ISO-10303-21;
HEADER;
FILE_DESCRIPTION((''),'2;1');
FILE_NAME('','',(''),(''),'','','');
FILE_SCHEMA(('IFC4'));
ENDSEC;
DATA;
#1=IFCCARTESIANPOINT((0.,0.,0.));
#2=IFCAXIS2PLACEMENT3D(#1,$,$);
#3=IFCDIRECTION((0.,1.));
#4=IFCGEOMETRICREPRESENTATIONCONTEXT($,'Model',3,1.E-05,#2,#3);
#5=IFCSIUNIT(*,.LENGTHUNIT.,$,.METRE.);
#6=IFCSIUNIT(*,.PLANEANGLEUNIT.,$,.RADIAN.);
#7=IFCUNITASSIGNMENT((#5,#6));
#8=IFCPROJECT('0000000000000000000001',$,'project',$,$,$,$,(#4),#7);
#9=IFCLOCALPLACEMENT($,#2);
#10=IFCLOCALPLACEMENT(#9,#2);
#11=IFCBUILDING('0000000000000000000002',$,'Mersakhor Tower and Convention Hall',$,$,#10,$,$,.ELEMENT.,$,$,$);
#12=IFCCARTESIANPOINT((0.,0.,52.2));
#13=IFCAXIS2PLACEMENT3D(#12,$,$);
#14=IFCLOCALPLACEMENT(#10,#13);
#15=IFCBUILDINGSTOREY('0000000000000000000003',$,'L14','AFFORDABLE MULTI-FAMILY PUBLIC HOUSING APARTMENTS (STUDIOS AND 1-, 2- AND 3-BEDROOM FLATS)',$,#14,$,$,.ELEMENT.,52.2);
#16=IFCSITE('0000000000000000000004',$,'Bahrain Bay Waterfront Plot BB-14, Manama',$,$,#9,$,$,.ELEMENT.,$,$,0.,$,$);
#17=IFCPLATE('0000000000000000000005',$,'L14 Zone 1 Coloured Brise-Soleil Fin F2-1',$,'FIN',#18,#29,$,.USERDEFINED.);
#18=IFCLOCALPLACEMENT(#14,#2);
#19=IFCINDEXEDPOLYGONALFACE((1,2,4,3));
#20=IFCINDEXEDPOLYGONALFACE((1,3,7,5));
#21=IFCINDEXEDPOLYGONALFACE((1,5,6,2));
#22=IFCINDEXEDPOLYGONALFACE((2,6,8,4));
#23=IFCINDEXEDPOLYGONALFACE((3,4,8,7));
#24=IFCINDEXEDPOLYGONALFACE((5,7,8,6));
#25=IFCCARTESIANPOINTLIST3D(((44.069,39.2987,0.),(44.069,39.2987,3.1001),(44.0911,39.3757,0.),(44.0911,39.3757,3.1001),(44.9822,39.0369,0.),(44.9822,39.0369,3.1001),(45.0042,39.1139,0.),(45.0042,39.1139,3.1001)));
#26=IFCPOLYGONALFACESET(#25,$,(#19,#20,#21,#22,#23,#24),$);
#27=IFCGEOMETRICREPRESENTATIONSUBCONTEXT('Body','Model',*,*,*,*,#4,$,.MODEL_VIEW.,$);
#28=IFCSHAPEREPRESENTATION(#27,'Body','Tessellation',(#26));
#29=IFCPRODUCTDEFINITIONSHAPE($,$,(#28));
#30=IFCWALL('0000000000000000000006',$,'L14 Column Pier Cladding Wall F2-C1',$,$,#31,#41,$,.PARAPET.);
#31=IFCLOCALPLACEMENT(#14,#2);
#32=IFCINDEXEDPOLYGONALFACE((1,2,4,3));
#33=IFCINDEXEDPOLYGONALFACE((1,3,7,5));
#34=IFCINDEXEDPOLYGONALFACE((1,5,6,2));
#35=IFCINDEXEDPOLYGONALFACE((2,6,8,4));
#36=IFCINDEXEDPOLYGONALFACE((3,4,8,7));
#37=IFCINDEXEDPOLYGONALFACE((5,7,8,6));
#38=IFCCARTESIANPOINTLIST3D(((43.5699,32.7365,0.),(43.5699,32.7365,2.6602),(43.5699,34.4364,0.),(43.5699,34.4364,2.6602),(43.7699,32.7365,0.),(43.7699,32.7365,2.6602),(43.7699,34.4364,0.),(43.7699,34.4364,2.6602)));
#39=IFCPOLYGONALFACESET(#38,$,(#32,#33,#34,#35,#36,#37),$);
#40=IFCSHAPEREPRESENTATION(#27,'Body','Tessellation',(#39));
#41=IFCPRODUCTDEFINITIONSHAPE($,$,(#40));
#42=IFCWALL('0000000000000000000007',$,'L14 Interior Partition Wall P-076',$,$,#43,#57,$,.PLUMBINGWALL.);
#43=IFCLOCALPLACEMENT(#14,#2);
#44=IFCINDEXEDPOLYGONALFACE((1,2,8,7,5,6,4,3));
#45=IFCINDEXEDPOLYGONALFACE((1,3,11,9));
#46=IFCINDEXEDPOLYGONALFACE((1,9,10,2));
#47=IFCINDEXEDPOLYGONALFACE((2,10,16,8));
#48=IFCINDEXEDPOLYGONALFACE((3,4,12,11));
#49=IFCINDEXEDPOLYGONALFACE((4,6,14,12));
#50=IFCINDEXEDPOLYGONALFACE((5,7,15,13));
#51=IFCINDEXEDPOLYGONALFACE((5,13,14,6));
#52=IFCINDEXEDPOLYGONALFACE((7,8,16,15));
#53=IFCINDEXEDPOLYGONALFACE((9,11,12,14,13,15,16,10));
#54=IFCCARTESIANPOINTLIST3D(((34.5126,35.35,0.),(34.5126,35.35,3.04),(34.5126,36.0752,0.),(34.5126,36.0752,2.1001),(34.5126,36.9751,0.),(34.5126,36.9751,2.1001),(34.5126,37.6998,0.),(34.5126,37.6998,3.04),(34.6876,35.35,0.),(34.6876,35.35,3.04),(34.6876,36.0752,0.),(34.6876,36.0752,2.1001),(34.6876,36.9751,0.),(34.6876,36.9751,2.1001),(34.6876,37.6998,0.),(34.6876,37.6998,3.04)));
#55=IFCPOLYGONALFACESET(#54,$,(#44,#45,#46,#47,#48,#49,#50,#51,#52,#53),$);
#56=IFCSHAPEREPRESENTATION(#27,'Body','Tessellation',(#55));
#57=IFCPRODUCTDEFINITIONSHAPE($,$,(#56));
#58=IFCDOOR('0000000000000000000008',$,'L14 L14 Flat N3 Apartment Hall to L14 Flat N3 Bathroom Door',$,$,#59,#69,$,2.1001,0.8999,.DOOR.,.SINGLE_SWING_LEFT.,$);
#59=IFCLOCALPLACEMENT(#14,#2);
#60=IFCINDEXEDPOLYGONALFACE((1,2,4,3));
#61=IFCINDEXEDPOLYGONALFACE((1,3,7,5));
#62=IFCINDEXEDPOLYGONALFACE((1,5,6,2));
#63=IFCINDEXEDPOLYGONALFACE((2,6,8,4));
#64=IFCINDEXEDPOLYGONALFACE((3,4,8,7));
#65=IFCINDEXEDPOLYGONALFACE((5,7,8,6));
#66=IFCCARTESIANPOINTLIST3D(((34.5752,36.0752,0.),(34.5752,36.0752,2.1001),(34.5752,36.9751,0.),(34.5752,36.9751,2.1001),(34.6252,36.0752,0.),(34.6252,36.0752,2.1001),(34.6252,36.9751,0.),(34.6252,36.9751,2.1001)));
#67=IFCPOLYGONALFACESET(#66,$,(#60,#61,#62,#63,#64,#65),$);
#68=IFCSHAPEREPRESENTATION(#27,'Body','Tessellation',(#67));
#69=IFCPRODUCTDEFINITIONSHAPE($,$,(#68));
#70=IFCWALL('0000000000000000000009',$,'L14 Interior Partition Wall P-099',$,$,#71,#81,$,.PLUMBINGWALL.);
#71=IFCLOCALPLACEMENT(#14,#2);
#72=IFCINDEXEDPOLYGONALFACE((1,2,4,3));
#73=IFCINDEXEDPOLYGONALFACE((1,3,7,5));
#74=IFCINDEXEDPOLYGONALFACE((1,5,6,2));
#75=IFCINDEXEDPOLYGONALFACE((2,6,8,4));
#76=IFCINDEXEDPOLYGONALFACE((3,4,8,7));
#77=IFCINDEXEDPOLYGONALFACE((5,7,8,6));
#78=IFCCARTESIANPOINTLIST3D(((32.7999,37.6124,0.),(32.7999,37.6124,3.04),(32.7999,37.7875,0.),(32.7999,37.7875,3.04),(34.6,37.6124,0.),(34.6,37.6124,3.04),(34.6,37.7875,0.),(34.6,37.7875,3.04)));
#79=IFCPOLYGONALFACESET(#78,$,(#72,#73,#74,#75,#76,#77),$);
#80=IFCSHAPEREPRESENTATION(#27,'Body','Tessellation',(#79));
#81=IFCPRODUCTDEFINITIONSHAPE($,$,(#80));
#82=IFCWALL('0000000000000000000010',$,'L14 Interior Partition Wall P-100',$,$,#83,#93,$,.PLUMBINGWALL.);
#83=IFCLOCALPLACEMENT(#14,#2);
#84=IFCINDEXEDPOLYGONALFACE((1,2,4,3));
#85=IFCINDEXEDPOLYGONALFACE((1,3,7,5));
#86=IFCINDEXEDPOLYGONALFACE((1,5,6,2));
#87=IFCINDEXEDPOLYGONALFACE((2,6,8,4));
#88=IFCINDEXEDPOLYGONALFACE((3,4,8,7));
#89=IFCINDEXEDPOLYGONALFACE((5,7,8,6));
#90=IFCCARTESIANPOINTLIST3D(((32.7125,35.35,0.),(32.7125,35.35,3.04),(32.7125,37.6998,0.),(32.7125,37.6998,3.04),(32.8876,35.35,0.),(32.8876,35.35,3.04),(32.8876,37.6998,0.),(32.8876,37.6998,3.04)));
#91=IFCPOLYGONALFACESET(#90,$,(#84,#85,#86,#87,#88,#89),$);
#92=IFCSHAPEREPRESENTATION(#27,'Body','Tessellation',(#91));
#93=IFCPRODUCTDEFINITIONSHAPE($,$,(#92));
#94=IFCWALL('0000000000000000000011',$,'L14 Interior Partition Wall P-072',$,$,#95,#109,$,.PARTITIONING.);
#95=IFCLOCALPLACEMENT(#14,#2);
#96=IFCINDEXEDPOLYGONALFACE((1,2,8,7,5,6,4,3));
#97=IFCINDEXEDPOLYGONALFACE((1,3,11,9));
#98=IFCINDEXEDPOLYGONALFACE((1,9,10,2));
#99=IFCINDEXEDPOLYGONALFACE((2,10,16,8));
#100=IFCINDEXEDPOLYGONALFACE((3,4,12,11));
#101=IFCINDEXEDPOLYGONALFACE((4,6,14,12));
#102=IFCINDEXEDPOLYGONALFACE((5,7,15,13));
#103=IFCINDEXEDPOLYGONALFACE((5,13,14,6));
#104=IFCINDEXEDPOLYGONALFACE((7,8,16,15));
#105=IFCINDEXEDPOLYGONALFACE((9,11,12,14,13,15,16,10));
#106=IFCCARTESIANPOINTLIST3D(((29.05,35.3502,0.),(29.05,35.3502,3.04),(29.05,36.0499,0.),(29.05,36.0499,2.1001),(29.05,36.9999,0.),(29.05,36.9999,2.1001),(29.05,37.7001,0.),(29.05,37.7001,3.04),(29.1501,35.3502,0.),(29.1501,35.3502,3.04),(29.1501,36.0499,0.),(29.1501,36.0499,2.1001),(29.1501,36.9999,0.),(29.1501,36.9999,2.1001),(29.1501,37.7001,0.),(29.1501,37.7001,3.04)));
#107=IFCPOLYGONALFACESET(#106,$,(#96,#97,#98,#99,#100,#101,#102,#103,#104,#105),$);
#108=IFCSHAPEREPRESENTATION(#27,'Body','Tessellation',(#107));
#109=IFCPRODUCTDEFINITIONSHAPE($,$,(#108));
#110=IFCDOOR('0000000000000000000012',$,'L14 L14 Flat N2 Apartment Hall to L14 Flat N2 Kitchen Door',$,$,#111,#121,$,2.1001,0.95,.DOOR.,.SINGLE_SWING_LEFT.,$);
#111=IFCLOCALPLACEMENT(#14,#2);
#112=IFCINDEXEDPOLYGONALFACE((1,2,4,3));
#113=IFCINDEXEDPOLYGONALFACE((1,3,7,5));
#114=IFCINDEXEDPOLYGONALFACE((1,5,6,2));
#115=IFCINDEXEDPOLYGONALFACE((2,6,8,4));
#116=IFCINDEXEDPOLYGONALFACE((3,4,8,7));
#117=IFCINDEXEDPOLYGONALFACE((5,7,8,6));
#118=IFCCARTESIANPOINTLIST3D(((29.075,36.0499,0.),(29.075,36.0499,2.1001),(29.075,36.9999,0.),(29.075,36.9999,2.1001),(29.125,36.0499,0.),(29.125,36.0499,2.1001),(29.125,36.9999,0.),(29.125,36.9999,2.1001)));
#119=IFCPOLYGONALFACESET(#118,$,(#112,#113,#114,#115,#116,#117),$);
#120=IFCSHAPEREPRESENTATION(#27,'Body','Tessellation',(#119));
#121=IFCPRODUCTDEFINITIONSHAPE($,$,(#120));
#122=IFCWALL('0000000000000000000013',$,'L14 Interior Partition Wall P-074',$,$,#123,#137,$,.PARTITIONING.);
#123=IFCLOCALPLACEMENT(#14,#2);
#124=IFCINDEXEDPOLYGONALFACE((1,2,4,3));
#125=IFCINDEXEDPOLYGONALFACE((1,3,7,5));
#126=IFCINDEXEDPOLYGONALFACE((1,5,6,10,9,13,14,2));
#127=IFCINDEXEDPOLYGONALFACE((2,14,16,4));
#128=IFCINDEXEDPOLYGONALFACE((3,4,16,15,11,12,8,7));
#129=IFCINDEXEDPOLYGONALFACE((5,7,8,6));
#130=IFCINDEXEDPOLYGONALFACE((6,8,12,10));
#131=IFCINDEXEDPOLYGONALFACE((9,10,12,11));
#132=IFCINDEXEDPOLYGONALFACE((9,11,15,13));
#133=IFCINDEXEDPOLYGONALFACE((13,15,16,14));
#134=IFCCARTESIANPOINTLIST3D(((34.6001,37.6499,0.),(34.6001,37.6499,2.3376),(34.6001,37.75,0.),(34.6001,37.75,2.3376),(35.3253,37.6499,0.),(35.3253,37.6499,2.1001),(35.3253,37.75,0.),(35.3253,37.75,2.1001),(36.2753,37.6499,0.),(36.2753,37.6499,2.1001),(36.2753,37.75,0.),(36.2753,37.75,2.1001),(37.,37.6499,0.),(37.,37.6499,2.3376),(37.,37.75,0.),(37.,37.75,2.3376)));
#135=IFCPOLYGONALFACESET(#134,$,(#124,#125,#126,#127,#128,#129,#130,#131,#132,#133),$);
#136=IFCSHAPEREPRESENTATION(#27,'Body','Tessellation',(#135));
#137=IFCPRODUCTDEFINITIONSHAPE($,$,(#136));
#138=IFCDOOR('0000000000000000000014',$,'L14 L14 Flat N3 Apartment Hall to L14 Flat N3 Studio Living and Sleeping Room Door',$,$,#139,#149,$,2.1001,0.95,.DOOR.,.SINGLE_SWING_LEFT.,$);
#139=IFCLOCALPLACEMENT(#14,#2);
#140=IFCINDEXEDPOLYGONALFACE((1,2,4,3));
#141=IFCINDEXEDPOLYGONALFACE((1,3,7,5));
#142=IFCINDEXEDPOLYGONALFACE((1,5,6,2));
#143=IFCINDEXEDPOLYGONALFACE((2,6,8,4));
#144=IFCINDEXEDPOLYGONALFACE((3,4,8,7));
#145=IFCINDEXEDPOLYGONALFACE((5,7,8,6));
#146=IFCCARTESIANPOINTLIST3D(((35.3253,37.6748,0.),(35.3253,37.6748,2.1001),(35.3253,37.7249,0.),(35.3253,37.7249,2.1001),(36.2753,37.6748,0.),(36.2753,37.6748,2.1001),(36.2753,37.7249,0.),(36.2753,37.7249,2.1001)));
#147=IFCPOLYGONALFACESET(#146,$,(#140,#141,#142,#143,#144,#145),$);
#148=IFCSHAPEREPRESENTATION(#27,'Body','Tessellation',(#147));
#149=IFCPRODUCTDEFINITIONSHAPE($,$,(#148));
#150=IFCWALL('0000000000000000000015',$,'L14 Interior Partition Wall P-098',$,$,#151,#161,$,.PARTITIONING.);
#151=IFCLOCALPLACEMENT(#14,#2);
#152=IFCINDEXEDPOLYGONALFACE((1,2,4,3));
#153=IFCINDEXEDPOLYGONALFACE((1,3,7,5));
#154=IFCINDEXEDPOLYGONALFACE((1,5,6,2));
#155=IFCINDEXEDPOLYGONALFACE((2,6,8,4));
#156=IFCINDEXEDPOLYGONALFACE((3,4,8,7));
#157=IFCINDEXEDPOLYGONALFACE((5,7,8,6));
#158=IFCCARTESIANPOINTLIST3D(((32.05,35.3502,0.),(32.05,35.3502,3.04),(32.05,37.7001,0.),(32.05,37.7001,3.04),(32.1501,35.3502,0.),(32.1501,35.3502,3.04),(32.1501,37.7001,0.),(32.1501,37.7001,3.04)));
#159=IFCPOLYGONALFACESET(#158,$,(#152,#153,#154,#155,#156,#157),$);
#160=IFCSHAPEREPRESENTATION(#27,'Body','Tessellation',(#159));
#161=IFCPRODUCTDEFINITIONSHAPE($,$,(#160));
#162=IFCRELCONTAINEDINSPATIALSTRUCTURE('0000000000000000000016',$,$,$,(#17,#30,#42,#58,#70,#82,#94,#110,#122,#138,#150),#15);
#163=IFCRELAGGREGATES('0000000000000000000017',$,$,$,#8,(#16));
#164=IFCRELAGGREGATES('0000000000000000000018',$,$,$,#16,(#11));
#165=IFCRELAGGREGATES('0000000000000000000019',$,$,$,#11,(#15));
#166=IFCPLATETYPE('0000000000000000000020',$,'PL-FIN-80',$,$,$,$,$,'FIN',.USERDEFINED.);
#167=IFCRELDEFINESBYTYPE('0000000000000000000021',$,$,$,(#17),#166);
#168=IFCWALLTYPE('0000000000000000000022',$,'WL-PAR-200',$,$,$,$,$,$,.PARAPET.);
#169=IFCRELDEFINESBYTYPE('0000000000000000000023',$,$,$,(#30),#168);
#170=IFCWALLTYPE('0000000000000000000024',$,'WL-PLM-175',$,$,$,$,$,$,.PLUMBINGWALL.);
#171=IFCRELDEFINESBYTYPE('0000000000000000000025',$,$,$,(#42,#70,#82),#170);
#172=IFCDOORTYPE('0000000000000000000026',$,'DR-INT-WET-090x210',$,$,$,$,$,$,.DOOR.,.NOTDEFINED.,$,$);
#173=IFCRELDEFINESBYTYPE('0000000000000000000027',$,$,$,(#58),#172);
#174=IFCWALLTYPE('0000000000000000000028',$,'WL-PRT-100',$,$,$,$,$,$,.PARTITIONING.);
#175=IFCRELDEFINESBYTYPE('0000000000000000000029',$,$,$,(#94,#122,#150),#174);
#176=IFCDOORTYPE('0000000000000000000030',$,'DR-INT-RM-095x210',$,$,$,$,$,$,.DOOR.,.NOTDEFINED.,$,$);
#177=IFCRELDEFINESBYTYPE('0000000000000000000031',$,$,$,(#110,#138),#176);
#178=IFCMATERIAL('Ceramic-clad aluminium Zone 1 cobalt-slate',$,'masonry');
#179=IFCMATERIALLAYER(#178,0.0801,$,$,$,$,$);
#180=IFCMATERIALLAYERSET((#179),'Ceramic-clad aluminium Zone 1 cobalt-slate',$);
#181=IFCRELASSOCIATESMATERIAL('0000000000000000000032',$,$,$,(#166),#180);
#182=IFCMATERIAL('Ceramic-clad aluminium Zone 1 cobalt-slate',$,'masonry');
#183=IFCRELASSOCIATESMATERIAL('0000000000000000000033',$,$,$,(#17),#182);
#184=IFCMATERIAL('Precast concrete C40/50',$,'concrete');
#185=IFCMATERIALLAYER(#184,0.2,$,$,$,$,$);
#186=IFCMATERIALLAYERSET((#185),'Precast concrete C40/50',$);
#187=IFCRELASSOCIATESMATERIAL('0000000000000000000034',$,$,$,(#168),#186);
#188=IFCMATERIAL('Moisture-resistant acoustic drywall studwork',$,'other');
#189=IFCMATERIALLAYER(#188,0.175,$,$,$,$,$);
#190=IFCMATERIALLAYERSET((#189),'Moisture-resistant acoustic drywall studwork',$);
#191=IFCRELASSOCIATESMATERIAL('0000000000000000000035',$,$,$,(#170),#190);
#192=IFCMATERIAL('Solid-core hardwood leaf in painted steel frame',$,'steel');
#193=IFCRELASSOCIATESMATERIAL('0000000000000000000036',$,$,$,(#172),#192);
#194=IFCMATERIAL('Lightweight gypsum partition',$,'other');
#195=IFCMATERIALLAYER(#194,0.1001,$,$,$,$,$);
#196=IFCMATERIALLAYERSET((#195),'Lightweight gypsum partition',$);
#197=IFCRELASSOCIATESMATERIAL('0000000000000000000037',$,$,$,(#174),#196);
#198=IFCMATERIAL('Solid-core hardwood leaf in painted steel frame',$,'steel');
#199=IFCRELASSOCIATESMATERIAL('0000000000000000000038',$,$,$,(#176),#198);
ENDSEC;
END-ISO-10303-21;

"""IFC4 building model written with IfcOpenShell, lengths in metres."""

from ifc_helpers import new_model, si_unit, direction, frame, frame_2d, origin, origin_2d, place, context, subcontext, project, spatial, rectangle, extrude, material, layer, layer_set, type_object, element, fill, save


model = new_model("IFC4")

# Units and contexts
model_context = context("Model", 3, precision=1e-05, world=origin(), true_north=direction((0.0, 1.0)))
body_context = subcontext(model_context, "Body", "Model", "MODEL_VIEW")
ifc_project = project(units=[si_unit("LENGTHUNIT", "METRE"), si_unit("PLANEANGLEUNIT", "RADIAN")], contexts=[model_context])

# Site, building, storey
site_placement = place(None, origin())
site = spatial("IfcSite", under=ifc_project, at=site_placement, Name="Bahrain Bay Waterfront Plot BB-14, Manama", CompositionType="ELEMENT", RefElevation=0.0)
building_placement = place(site_placement, origin())
building = spatial("IfcBuilding", under=site, at=building_placement, Name="Mersakhor Tower and Convention Hall", CompositionType="ELEMENT")
storey_placement = place(building_placement, frame((0.0, 0.0, 52.2)))
storey = spatial("IfcBuildingStorey", under=building, at=storey_placement, Name="L14", Description="AFFORDABLE MULTI-FAMILY PUBLIC HOUSING APARTMENTS (STUDIOS AND 1-, 2- AND 3-BEDROOM FLATS)", CompositionType="ELEMENT", Elevation=52.2)

# Plate
ifc_material_1 = material(Name="Ceramic-clad aluminium Zone 1 cobalt-slate", Category="masonry")
ifc_material_2 = material(Name="Ceramic-clad aluminium Zone 1 cobalt-slate", Category="masonry")
ifc_layer_1 = layer(ifc_material_2, 0.0801)
ifc_layer_set_1 = layer_set([ifc_layer_1], Name="Ceramic-clad aluminium Zone 1 cobalt-slate")
plate_type = type_object("IfcPlateType", Name="PL-FIN-80", ElementType="FIN", PredefinedType="USERDEFINED", material=ifc_layer_set_1)
plate_placement = place(storey_placement, frame((44.5366, 39.2063, 0.0), z_axis=(0.0, 0.0, 1.0), x_axis=(0.961262, -0.275637, 0.0)))
element("IfcPlate", 1, at=plate_placement, inside=storey, type_object=plate_type, material=ifc_material_1, Name="L14 Zone 1 Coloured Brise-Soleil Fin F2-1", ObjectType="FIN", PredefinedType="USERDEFINED", context=body_context, shape_type="SweptSolid", body=[
    extrude(rectangle(XDim=0.95, YDim=0.0801, at=origin_2d()), origin(), (0.0, 0.0, 1.0), 3.1001),
])

# Wall
ifc_material_3 = material(Name="Precast concrete C40/50", Category="concrete")
ifc_layer_2 = layer(ifc_material_3, 0.2)
ifc_layer_set_2 = layer_set([ifc_layer_2], Name="Precast concrete C40/50")
wall_type_1 = type_object("IfcWallType", Name="WL-PAR-200", PredefinedType="PARAPET", material=ifc_layer_set_2)
wall_1_placement = place(storey_placement, frame((43.6699, 34.4365, 0.0), z_axis=(0.0, 0.0, 1.0), x_axis=(0.0, -1.0, 0.0)))
element("IfcWall", 2, at=wall_1_placement, inside=storey, type_object=wall_type_1, Name="L14 Column Pier Cladding Wall F2-C1", PredefinedType="PARAPET", context=body_context, shape_type="SweptSolid", body=[
    extrude(rectangle(XDim=1.7, YDim=0.2, at=frame_2d((0.8501, 0.0))), origin(), (0.0, 0.0, 1.0), 2.6602),
])

# Wall, opening, door
ifc_material_4 = material(Name="Moisture-resistant acoustic drywall studwork", Category="other")
ifc_layer_3 = layer(ifc_material_4, 0.175)
ifc_layer_set_3 = layer_set([ifc_layer_3], Name="Moisture-resistant acoustic drywall studwork")
wall_type_2 = type_object("IfcWallType", Name="WL-PLM-175", PredefinedType="PLUMBINGWALL", material=ifc_layer_set_3)
wall_2_placement = place(storey_placement, frame((34.6001, 35.3501, 0.0), z_axis=(0.0, 0.0, 1.0), x_axis=(0.0, 1.0, 0.0)))
wall_2 = element("IfcWall", 3, at=wall_2_placement, inside=storey, type_object=wall_type_2, Name="L14 Interior Partition Wall P-076", PredefinedType="PLUMBINGWALL", context=body_context, shape_type="SweptSolid", body=[
    extrude(rectangle(XDim=2.3499, YDim=0.175, at=frame_2d((1.1748, 0.0))), origin(), (0.0, 0.0, 1.0), 3.04),
])
opening_1_placement = place(wall_2_placement, frame((0.7251, 0.0, 0.0)))
opening_1 = element("IfcOpeningElement", 4, at=opening_1_placement, cuts=wall_2, PredefinedType="OPENING", context=body_context, shape_type="SweptSolid", body=[
    extrude(rectangle(XDim=0.8999, YDim=2.1001, at=frame_2d((0.45, 1.05))), frame((0.0, 0.0974, 0.0), z_axis=(0.0, -1.0, 0.0), x_axis=(1.0, 0.0, 0.0)), (0.0, 0.0, 1.0), 0.1951),
])
ifc_material_5 = material(Name="Solid-core hardwood leaf in painted steel frame", Category="steel")
door_type_1 = type_object("IfcDoorType", Name="DR-INT-WET-090x210", OperationType="NOTDEFINED", PredefinedType="DOOR", material=ifc_material_5)
door_1_placement = place(opening_1_placement, origin())
door_1 = element("IfcDoor", 5, at=door_1_placement, inside=storey, type_object=door_type_1, Name="L14 L14 Flat N3 Apartment Hall to L14 Flat N3 Bathroom Door", OperationType="SINGLE_SWING_LEFT", OverallHeight=2.1001, OverallWidth=0.8999, PredefinedType="DOOR", context=body_context, shape_type="SweptSolid", body=[
    extrude(rectangle(XDim=0.8999, YDim=2.1001, at=frame_2d((0.45, 1.05))), frame((0.0, 0.0249, 0.0), z_axis=(0.0, -1.0, 0.0), x_axis=(1.0, 0.0, 0.0)), (0.0, 0.0, 1.0), 0.05),
])
fill(opening_1, door_1)

# Walls
wall_3_placement = place(storey_placement, frame((32.8, 37.7, 0.0), z_axis=(0.0, 0.0, 1.0), x_axis=(1.0, 0.0, 0.0)))
element("IfcWall", 6, at=wall_3_placement, inside=storey, type_object=wall_type_2, Name="L14 Interior Partition Wall P-099", PredefinedType="PLUMBINGWALL", context=body_context, shape_type="SweptSolid", body=[
    extrude(rectangle(XDim=1.8, YDim=0.175, at=frame_2d((0.8999, 0.0))), origin(), (0.0, 0.0, 1.0), 3.04),
])
wall_4_placement = place(storey_placement, frame((32.8, 35.3501, 0.0), z_axis=(0.0, 0.0, 1.0), x_axis=(0.0, 1.0, 0.0)))
element("IfcWall", 7, at=wall_4_placement, inside=storey, type_object=wall_type_2, Name="L14 Interior Partition Wall P-100", PredefinedType="PLUMBINGWALL", context=body_context, shape_type="SweptSolid", body=[
    extrude(rectangle(XDim=2.3499, YDim=0.175, at=frame_2d((1.1748, 0.0))), origin(), (0.0, 0.0, 1.0), 3.04),
])

# Walls, openings, doors
ifc_material_6 = material(Name="Lightweight gypsum partition", Category="other")
ifc_layer_4 = layer(ifc_material_6, 0.1001)
ifc_layer_set_4 = layer_set([ifc_layer_4], Name="Lightweight gypsum partition")
wall_type_3 = type_object("IfcWallType", Name="WL-PRT-100", PredefinedType="PARTITIONING", material=ifc_layer_set_4)
wall_5_placement = place(storey_placement, frame((29.1001, 37.7, 0.0), z_axis=(0.0, 0.0, 1.0), x_axis=(0.0, -1.0, 0.0)))
wall_5 = element("IfcWall", 8, at=wall_5_placement, inside=storey, type_object=wall_type_3, Name="L14 Interior Partition Wall P-072", PredefinedType="PARTITIONING", context=body_context, shape_type="SweptSolid", body=[
    extrude(rectangle(XDim=2.3499, YDim=0.1001, at=frame_2d((1.1748, 0.0))), origin(), (0.0, 0.0, 1.0), 3.04),
])
opening_2_placement = place(wall_5_placement, frame((0.7, 0.0, 0.0)))
opening_2 = element("IfcOpeningElement", 9, at=opening_2_placement, cuts=wall_5, PredefinedType="OPENING", context=body_context, shape_type="SweptSolid", body=[
    extrude(rectangle(XDim=0.95, YDim=2.1001, at=frame_2d((0.4751, 1.05))), frame((0.0, 0.0601, 0.0), z_axis=(0.0, -1.0, 0.0), x_axis=(1.0, 0.0, 0.0)), (0.0, 0.0, 1.0), 0.1201),
])
ifc_material_7 = material(Name="Solid-core hardwood leaf in painted steel frame", Category="steel")
door_type_2 = type_object("IfcDoorType", Name="DR-INT-RM-095x210", OperationType="NOTDEFINED", PredefinedType="DOOR", material=ifc_material_7)
door_2_placement = place(opening_2_placement, origin())
door_2 = element("IfcDoor", 10, at=door_2_placement, inside=storey, type_object=door_type_2, Name="L14 L14 Flat N2 Apartment Hall to L14 Flat N2 Kitchen Door", OperationType="SINGLE_SWING_LEFT", OverallHeight=2.1001, OverallWidth=0.95, PredefinedType="DOOR", context=body_context, shape_type="SweptSolid", body=[
    extrude(rectangle(XDim=0.95, YDim=2.1001, at=frame_2d((0.4751, 1.05))), frame((0.0, 0.0249, 0.0), z_axis=(0.0, -1.0, 0.0), x_axis=(1.0, 0.0, 0.0)), (0.0, 0.0, 1.0), 0.05),
])
fill(opening_2, door_2)
wall_6_placement = place(storey_placement, frame((34.6001, 37.7, 0.0), z_axis=(0.0, 0.0, 1.0), x_axis=(1.0, 0.0, 0.0)))
wall_6 = element("IfcWall", 11, at=wall_6_placement, inside=storey, type_object=wall_type_3, Name="L14 Interior Partition Wall P-074", PredefinedType="PARTITIONING", context=body_context, shape_type="SweptSolid", body=[
    extrude(rectangle(XDim=2.3999, YDim=0.1001, at=frame_2d((1.2, 0.0))), origin(), (0.0, 0.0, 1.0), 2.3376),
])
opening_3_placement = place(wall_6_placement, frame((0.7251, 0.0, 0.0)))
opening_3 = element("IfcOpeningElement", 12, at=opening_3_placement, cuts=wall_6, PredefinedType="OPENING", context=body_context, shape_type="SweptSolid", body=[
    extrude(rectangle(XDim=0.95, YDim=2.1001, at=frame_2d((0.4751, 1.05))), frame((0.0, 0.0601, 0.0), z_axis=(0.0, -1.0, 0.0), x_axis=(1.0, 0.0, 0.0)), (0.0, 0.0, 1.0), 0.1201),
])
door_3_placement = place(opening_3_placement, origin())
door_3 = element("IfcDoor", 13, at=door_3_placement, inside=storey, type_object=door_type_2, Name="L14 L14 Flat N3 Apartment Hall to L14 Flat N3 Studio Living and Sleeping Room Door", OperationType="SINGLE_SWING_LEFT", OverallHeight=2.1001, OverallWidth=0.95, PredefinedType="DOOR", context=body_context, shape_type="SweptSolid", body=[
    extrude(rectangle(XDim=0.95, YDim=2.1001, at=frame_2d((0.4751, 1.05))), frame((0.0, 0.0249, 0.0), z_axis=(0.0, -1.0, 0.0), x_axis=(1.0, 0.0, 0.0)), (0.0, 0.0, 1.0), 0.05),
])
fill(opening_3, door_3)

# Wall
wall_7_placement = place(storey_placement, frame((32.1001, 37.7, 0.0), z_axis=(0.0, 0.0, 1.0), x_axis=(0.0, -1.0, 0.0)))
element("IfcWall", 14, at=wall_7_placement, inside=storey, type_object=wall_type_3, Name="L14 Interior Partition Wall P-098", PredefinedType="PARTITIONING", context=body_context, shape_type="SweptSolid", body=[
    extrude(rectangle(XDim=2.3499, YDim=0.1001, at=frame_2d((1.1748, 0.0))), origin(), (0.0, 0.0, 1.0), 3.04),
])

save(model, "model.ifc")
